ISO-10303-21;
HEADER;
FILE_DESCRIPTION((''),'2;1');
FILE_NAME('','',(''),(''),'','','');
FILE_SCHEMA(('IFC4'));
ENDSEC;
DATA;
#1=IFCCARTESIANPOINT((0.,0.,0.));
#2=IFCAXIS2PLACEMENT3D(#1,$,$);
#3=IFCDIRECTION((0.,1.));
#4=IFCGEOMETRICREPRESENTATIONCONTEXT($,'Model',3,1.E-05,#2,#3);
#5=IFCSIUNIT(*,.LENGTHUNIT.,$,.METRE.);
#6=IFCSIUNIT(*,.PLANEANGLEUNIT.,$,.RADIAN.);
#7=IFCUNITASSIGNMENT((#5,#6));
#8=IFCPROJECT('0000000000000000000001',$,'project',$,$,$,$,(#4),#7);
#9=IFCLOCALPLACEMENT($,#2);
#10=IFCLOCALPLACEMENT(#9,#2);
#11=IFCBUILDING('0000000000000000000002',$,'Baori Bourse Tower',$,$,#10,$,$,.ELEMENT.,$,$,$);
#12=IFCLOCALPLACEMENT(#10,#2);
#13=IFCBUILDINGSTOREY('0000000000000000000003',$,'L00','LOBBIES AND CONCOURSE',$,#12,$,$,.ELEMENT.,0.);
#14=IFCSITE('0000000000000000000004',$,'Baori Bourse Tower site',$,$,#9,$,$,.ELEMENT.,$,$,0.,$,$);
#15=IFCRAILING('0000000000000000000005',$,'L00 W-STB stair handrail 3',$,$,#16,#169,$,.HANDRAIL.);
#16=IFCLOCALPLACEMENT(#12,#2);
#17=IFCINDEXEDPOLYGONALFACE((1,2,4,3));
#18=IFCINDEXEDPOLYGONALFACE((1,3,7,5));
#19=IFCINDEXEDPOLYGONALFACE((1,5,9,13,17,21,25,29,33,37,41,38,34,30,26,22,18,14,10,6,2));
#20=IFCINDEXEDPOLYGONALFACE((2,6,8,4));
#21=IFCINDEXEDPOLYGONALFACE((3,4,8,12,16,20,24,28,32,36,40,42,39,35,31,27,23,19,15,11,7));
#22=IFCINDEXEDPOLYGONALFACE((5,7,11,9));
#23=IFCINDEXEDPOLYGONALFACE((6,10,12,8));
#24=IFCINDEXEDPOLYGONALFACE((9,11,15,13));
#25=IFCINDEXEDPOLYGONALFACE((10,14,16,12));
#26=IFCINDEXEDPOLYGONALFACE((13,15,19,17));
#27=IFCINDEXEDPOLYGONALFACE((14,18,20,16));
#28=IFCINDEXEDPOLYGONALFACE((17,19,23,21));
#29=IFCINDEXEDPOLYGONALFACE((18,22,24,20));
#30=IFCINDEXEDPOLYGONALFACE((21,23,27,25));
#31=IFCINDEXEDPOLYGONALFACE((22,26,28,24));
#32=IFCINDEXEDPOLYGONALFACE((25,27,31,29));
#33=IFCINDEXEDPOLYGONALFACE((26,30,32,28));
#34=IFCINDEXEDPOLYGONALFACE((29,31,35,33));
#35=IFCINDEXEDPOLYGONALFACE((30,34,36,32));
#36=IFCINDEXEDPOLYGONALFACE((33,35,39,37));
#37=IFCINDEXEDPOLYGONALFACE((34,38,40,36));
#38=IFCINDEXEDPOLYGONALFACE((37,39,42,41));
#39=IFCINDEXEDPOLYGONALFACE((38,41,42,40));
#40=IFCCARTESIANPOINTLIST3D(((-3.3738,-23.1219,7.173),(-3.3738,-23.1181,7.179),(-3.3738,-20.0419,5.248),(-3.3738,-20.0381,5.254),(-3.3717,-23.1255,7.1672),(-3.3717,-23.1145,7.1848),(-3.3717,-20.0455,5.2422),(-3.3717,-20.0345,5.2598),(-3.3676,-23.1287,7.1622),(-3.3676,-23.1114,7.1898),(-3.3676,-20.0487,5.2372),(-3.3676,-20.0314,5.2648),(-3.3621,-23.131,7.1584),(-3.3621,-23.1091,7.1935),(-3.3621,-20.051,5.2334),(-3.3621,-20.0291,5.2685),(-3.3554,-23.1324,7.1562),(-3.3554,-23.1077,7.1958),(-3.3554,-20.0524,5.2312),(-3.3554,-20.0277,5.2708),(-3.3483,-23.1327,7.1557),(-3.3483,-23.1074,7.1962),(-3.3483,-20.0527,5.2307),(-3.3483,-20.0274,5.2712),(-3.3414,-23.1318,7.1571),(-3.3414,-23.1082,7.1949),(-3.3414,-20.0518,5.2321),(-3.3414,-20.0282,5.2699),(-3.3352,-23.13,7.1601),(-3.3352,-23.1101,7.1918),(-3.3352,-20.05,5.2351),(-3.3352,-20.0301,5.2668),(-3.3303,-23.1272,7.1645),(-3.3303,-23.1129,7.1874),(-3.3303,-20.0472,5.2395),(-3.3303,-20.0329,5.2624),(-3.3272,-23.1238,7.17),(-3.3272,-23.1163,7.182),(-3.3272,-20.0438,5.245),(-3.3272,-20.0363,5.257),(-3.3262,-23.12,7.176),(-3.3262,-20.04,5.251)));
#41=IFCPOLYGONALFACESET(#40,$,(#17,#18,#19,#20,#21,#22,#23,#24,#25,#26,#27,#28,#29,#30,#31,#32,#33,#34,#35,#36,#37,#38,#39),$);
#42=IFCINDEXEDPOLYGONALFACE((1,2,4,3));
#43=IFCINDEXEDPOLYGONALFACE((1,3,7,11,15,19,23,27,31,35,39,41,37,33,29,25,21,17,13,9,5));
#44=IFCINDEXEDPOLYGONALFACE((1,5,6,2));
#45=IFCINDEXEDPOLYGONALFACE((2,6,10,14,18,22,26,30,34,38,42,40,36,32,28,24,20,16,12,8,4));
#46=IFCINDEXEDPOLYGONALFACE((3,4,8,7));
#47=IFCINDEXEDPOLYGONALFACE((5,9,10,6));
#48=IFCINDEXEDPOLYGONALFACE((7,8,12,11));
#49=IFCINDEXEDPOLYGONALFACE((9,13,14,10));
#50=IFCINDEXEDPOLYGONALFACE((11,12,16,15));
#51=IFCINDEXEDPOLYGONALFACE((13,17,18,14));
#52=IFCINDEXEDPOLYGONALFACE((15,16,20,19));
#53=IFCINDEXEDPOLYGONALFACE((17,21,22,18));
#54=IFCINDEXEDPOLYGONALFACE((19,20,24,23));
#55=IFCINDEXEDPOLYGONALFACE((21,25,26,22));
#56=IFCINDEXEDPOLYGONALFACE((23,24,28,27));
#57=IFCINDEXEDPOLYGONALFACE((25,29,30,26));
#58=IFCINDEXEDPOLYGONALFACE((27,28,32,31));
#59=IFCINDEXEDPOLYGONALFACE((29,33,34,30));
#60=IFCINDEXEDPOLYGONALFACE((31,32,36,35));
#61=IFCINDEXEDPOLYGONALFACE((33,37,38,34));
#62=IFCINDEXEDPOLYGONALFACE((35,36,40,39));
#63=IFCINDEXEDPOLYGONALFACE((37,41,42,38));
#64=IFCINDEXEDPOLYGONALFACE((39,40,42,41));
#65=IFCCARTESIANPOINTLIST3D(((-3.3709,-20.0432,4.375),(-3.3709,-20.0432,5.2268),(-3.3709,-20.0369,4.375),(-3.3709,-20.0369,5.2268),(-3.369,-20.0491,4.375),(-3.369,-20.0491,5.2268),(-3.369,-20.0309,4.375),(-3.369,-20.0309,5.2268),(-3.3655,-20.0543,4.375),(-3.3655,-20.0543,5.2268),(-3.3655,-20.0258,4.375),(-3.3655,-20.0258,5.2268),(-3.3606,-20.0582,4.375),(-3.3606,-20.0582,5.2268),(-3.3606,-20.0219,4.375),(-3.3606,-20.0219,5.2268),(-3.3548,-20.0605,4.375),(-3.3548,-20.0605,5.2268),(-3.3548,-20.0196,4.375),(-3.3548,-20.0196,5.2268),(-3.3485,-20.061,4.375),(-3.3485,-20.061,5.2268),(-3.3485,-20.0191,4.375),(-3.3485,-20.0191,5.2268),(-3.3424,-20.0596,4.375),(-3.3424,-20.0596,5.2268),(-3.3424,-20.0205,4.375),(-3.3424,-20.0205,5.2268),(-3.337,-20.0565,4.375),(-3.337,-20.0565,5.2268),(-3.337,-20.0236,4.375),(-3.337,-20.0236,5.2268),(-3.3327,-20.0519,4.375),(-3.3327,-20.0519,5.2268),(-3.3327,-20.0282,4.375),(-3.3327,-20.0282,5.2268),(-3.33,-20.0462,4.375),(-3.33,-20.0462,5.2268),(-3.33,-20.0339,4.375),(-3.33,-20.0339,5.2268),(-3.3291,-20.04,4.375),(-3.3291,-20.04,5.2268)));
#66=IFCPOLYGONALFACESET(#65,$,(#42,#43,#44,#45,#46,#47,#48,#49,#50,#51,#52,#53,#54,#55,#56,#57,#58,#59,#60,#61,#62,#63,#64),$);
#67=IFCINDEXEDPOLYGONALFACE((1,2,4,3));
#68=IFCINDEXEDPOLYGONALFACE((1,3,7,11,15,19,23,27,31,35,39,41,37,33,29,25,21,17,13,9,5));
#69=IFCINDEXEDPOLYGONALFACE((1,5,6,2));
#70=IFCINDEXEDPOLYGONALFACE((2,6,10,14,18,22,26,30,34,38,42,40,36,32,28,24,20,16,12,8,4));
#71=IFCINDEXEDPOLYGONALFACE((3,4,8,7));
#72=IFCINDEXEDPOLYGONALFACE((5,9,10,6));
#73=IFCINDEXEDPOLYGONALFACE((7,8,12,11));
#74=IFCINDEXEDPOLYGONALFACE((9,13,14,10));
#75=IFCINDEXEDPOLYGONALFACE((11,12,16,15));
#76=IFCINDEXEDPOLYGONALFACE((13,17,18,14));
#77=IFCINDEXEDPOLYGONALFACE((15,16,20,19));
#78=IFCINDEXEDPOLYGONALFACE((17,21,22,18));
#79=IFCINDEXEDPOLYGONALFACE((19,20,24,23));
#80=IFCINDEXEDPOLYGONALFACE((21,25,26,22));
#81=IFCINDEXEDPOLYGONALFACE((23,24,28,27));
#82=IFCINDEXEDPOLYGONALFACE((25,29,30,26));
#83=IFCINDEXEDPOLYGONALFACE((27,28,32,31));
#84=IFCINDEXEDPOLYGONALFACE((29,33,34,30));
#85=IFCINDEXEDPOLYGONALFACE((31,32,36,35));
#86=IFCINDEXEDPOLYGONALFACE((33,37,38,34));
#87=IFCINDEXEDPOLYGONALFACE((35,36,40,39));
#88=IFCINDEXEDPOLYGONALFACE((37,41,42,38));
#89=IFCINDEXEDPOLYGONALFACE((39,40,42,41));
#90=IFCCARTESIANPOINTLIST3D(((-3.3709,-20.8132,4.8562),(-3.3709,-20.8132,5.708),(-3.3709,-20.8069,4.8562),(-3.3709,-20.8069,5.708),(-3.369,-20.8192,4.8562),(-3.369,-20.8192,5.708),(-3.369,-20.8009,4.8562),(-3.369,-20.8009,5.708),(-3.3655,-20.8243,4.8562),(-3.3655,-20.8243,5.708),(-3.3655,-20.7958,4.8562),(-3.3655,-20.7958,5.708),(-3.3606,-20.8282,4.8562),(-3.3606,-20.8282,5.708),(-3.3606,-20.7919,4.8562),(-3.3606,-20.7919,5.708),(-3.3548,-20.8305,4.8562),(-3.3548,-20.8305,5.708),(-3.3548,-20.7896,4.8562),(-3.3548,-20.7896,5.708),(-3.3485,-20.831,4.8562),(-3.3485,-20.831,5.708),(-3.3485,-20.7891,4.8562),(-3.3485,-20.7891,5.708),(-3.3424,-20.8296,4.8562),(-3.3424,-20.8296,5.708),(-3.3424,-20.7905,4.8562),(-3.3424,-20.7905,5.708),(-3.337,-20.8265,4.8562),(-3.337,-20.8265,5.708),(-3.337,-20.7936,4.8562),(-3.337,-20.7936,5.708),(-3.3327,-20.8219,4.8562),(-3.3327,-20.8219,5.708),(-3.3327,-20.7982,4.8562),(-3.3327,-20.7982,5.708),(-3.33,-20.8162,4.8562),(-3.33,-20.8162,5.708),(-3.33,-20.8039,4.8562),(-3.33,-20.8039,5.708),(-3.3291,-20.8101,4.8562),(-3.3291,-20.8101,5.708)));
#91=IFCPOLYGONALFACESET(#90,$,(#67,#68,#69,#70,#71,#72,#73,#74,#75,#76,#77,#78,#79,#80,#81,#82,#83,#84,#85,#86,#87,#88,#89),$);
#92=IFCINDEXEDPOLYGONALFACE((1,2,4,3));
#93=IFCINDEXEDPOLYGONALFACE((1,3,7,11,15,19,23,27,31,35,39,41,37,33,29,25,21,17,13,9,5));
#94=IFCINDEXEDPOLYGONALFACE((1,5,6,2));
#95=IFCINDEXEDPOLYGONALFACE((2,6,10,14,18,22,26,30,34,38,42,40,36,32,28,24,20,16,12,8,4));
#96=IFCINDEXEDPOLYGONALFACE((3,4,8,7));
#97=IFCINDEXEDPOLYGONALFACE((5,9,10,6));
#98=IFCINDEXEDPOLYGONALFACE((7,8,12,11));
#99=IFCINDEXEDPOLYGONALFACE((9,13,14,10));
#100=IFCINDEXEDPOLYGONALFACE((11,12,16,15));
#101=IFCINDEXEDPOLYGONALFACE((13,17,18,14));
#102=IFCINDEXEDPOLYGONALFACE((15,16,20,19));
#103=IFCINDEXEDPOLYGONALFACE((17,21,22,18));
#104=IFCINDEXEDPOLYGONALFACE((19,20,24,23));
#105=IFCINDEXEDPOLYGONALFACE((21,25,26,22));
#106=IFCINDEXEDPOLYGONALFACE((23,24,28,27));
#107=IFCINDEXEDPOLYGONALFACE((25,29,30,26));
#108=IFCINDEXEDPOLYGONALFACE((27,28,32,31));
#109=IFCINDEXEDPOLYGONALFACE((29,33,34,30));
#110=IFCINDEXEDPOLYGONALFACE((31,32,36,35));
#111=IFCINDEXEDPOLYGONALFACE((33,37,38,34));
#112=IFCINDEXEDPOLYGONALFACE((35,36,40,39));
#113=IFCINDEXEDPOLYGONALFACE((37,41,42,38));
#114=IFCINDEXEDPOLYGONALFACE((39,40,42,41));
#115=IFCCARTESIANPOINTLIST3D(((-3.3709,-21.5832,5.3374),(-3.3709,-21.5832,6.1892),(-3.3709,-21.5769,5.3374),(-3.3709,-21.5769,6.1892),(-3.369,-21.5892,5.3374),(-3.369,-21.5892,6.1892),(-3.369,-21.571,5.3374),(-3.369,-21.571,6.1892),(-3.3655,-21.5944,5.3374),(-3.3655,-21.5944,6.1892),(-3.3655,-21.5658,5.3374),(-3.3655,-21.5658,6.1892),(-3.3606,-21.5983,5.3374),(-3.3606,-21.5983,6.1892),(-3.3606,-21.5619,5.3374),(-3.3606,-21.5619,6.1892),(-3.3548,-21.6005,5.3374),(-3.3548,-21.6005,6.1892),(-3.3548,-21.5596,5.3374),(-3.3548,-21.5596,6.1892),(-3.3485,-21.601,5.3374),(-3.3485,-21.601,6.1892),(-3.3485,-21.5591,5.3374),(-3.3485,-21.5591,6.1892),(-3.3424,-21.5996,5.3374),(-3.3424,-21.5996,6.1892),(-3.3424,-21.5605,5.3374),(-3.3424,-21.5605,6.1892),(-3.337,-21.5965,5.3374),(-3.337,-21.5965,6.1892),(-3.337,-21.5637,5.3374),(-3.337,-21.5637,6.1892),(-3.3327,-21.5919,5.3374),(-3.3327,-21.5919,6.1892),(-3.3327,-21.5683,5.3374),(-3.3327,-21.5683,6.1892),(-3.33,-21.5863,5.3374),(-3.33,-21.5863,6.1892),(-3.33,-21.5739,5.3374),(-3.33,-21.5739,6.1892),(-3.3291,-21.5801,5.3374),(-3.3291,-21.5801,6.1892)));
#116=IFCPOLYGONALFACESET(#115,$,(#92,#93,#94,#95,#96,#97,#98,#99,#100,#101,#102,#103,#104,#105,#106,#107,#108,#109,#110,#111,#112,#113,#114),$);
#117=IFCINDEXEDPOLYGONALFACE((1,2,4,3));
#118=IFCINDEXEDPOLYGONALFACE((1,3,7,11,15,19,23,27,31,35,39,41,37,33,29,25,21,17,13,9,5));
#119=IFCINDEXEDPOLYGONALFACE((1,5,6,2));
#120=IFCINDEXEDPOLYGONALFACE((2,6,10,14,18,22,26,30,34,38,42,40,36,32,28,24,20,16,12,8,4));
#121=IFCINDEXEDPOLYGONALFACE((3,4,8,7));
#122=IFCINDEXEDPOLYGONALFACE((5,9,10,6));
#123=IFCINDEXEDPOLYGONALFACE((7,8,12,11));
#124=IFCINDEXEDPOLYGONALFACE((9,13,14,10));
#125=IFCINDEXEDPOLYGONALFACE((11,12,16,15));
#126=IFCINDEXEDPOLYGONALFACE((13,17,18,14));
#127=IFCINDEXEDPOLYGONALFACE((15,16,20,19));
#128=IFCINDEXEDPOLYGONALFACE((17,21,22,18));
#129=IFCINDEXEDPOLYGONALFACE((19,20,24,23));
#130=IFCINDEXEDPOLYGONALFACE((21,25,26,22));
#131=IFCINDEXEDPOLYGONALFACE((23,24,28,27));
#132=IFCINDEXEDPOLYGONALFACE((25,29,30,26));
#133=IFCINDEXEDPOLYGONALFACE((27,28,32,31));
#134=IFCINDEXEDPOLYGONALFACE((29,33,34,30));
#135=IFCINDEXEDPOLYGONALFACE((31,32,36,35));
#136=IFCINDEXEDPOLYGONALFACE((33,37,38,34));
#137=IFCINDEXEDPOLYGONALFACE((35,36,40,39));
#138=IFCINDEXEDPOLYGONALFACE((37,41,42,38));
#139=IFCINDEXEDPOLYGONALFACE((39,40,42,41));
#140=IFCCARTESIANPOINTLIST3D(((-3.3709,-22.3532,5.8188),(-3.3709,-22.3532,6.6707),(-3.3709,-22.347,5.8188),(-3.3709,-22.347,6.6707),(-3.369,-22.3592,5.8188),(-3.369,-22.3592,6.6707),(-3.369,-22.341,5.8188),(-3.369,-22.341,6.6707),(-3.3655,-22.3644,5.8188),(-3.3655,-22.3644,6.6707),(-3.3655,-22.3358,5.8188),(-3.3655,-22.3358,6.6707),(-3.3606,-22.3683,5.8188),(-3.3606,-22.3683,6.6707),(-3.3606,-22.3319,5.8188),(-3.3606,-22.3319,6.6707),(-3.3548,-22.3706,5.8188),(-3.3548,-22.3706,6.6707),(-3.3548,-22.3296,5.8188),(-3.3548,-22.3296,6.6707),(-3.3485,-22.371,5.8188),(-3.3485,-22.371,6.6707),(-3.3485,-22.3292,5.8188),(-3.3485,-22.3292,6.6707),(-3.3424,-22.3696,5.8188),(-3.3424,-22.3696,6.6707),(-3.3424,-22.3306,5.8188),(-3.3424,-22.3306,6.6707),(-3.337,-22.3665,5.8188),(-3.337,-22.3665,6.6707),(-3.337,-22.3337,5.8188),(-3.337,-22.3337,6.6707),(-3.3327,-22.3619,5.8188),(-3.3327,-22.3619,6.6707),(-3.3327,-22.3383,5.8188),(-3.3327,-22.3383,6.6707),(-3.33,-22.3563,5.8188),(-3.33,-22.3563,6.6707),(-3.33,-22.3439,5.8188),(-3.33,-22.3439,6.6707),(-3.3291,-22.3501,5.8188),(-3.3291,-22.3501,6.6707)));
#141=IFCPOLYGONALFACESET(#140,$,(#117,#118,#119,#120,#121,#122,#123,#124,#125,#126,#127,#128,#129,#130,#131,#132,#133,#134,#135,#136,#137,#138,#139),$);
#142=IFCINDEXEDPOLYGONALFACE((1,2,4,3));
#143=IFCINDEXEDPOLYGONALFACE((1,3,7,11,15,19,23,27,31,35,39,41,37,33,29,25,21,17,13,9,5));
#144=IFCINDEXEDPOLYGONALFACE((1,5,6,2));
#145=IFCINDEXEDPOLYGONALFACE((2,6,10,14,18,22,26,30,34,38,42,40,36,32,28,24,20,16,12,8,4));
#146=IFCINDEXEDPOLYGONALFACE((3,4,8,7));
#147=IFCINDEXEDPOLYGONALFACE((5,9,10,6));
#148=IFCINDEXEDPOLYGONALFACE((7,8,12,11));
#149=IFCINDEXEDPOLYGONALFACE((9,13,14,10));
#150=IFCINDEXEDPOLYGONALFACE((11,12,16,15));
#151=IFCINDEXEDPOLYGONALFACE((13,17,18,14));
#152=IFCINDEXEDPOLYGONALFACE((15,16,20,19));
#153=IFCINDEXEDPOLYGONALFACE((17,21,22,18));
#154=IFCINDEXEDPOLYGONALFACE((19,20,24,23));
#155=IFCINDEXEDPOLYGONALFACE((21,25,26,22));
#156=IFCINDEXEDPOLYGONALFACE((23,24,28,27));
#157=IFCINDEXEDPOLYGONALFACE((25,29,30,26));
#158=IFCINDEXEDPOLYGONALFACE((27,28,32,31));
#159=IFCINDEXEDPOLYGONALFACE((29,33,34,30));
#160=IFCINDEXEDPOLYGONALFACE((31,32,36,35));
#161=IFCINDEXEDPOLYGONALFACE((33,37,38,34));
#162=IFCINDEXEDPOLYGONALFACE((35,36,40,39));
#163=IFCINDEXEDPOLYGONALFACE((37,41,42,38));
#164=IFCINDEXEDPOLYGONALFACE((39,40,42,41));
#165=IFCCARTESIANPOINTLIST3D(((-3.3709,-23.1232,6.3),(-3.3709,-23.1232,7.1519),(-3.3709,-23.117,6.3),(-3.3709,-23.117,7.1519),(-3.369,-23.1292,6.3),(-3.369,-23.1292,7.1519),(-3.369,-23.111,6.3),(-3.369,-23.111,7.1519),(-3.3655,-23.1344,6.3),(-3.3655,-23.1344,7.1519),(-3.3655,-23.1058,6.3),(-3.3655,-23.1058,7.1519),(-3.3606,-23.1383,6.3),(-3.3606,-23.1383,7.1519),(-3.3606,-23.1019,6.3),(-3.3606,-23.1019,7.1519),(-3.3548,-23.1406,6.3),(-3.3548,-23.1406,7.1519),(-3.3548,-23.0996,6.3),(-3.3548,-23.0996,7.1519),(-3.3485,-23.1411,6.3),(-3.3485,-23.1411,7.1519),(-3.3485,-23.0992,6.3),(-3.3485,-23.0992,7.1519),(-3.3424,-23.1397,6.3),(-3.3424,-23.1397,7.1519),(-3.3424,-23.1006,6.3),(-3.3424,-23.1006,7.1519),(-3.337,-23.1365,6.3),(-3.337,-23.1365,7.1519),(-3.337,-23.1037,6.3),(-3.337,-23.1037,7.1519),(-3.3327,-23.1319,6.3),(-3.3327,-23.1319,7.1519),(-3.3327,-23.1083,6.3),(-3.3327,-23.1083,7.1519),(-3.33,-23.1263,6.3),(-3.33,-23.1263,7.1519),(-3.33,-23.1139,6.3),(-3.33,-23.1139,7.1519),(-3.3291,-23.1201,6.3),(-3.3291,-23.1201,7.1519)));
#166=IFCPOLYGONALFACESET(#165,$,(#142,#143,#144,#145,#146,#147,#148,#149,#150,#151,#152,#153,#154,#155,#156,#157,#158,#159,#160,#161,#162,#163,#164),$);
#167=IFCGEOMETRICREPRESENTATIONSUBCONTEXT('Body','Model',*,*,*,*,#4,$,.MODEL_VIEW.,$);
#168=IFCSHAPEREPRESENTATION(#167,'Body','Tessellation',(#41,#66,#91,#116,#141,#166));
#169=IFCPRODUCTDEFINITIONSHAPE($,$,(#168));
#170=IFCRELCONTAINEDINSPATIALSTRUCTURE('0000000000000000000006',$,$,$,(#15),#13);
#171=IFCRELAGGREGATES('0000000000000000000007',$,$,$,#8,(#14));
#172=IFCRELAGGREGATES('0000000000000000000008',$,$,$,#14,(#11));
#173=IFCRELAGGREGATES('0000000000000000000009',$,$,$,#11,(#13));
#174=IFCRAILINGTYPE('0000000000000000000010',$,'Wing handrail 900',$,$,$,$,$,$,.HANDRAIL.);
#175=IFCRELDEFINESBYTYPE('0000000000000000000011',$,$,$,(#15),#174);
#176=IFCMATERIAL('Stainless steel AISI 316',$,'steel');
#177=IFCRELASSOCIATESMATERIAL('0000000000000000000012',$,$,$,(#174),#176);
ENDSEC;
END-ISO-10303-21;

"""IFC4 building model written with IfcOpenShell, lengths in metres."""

from ifc_helpers import new_model, si_unit, direction, frame, origin, origin_2d, place, context, subcontext, project, spatial, circle, extrude, material, type_object, element, save


model = new_model("IFC4")

# Units and contexts
model_context = context("Model", 3, precision=1e-05, world=origin(), true_north=direction((0.0, 1.0)))
body_context = subcontext(model_context, "Body", "Model", "MODEL_VIEW")
ifc_project = project(units=[si_unit("LENGTHUNIT", "METRE"), si_unit("PLANEANGLEUNIT", "RADIAN")], contexts=[model_context])

# Site, building, storey
site_placement = place(None, origin())
site = spatial("IfcSite", under=ifc_project, at=site_placement, Name="Baori Bourse Tower site", CompositionType="ELEMENT", RefElevation=0.0)
building_placement = place(site_placement, origin())
building = spatial("IfcBuilding", under=site, at=building_placement, Name="Baori Bourse Tower", CompositionType="ELEMENT")
storey_placement = place(building_placement, origin())
storey = spatial("IfcBuildingStorey", under=building, at=storey_placement, Name="L00", Description="LOBBIES AND CONCOURSE", CompositionType="ELEMENT", Elevation=0.0)

# Railing
ifc_material_1 = material(Name="Stainless steel AISI 316", Category="steel")
railing_type_1 = type_object("IfcRailingType", Name="Wing handrail 900", PredefinedType="HANDRAIL", material=ifc_material_1)
for number, where, name in (
    (1, (-3.3501, -20.04, 4.375), "L00 W-STB stair handrail 3"),
):
    element("IfcRailing", number, at=place(storey_placement, frame(where)), inside=storey, type_object=railing_type_1, Name=name, PredefinedType="HANDRAIL", context=body_context, shape_type="SweptSolid", body=[
        extrude(circle(Radius=0.0239, at=origin_2d()), frame((0.0, 0.0, 0.876), z_axis=(0.0, -0.847998, 0.529999), x_axis=(1.0, 0.0, 0.0)), (0.0, 0.0, 1.0), 3.6321),
        extrude(circle(Radius=0.021, at=origin_2d()), origin(), (0.0, 0.0, 1.0), 0.8518),
        extrude(circle(Radius=0.021, at=origin_2d()), frame((0.0, -0.77, 0.4812)), (0.0, 0.0, 1.0), 0.8518),
        extrude(circle(Radius=0.021, at=origin_2d()), frame((0.0, -1.54, 0.9624)), (0.0, 0.0, 1.0), 0.8518),
        extrude(circle(Radius=0.021, at=origin_2d()), frame((0.0, -2.3101, 1.4438)), (0.0, 0.0, 1.0), 0.8518),
        extrude(circle(Radius=0.021, at=origin_2d()), frame((0.0, -3.0801, 1.925)), (0.0, 0.0, 1.0), 0.8518),
    ])

save(model, "model.ifc")
